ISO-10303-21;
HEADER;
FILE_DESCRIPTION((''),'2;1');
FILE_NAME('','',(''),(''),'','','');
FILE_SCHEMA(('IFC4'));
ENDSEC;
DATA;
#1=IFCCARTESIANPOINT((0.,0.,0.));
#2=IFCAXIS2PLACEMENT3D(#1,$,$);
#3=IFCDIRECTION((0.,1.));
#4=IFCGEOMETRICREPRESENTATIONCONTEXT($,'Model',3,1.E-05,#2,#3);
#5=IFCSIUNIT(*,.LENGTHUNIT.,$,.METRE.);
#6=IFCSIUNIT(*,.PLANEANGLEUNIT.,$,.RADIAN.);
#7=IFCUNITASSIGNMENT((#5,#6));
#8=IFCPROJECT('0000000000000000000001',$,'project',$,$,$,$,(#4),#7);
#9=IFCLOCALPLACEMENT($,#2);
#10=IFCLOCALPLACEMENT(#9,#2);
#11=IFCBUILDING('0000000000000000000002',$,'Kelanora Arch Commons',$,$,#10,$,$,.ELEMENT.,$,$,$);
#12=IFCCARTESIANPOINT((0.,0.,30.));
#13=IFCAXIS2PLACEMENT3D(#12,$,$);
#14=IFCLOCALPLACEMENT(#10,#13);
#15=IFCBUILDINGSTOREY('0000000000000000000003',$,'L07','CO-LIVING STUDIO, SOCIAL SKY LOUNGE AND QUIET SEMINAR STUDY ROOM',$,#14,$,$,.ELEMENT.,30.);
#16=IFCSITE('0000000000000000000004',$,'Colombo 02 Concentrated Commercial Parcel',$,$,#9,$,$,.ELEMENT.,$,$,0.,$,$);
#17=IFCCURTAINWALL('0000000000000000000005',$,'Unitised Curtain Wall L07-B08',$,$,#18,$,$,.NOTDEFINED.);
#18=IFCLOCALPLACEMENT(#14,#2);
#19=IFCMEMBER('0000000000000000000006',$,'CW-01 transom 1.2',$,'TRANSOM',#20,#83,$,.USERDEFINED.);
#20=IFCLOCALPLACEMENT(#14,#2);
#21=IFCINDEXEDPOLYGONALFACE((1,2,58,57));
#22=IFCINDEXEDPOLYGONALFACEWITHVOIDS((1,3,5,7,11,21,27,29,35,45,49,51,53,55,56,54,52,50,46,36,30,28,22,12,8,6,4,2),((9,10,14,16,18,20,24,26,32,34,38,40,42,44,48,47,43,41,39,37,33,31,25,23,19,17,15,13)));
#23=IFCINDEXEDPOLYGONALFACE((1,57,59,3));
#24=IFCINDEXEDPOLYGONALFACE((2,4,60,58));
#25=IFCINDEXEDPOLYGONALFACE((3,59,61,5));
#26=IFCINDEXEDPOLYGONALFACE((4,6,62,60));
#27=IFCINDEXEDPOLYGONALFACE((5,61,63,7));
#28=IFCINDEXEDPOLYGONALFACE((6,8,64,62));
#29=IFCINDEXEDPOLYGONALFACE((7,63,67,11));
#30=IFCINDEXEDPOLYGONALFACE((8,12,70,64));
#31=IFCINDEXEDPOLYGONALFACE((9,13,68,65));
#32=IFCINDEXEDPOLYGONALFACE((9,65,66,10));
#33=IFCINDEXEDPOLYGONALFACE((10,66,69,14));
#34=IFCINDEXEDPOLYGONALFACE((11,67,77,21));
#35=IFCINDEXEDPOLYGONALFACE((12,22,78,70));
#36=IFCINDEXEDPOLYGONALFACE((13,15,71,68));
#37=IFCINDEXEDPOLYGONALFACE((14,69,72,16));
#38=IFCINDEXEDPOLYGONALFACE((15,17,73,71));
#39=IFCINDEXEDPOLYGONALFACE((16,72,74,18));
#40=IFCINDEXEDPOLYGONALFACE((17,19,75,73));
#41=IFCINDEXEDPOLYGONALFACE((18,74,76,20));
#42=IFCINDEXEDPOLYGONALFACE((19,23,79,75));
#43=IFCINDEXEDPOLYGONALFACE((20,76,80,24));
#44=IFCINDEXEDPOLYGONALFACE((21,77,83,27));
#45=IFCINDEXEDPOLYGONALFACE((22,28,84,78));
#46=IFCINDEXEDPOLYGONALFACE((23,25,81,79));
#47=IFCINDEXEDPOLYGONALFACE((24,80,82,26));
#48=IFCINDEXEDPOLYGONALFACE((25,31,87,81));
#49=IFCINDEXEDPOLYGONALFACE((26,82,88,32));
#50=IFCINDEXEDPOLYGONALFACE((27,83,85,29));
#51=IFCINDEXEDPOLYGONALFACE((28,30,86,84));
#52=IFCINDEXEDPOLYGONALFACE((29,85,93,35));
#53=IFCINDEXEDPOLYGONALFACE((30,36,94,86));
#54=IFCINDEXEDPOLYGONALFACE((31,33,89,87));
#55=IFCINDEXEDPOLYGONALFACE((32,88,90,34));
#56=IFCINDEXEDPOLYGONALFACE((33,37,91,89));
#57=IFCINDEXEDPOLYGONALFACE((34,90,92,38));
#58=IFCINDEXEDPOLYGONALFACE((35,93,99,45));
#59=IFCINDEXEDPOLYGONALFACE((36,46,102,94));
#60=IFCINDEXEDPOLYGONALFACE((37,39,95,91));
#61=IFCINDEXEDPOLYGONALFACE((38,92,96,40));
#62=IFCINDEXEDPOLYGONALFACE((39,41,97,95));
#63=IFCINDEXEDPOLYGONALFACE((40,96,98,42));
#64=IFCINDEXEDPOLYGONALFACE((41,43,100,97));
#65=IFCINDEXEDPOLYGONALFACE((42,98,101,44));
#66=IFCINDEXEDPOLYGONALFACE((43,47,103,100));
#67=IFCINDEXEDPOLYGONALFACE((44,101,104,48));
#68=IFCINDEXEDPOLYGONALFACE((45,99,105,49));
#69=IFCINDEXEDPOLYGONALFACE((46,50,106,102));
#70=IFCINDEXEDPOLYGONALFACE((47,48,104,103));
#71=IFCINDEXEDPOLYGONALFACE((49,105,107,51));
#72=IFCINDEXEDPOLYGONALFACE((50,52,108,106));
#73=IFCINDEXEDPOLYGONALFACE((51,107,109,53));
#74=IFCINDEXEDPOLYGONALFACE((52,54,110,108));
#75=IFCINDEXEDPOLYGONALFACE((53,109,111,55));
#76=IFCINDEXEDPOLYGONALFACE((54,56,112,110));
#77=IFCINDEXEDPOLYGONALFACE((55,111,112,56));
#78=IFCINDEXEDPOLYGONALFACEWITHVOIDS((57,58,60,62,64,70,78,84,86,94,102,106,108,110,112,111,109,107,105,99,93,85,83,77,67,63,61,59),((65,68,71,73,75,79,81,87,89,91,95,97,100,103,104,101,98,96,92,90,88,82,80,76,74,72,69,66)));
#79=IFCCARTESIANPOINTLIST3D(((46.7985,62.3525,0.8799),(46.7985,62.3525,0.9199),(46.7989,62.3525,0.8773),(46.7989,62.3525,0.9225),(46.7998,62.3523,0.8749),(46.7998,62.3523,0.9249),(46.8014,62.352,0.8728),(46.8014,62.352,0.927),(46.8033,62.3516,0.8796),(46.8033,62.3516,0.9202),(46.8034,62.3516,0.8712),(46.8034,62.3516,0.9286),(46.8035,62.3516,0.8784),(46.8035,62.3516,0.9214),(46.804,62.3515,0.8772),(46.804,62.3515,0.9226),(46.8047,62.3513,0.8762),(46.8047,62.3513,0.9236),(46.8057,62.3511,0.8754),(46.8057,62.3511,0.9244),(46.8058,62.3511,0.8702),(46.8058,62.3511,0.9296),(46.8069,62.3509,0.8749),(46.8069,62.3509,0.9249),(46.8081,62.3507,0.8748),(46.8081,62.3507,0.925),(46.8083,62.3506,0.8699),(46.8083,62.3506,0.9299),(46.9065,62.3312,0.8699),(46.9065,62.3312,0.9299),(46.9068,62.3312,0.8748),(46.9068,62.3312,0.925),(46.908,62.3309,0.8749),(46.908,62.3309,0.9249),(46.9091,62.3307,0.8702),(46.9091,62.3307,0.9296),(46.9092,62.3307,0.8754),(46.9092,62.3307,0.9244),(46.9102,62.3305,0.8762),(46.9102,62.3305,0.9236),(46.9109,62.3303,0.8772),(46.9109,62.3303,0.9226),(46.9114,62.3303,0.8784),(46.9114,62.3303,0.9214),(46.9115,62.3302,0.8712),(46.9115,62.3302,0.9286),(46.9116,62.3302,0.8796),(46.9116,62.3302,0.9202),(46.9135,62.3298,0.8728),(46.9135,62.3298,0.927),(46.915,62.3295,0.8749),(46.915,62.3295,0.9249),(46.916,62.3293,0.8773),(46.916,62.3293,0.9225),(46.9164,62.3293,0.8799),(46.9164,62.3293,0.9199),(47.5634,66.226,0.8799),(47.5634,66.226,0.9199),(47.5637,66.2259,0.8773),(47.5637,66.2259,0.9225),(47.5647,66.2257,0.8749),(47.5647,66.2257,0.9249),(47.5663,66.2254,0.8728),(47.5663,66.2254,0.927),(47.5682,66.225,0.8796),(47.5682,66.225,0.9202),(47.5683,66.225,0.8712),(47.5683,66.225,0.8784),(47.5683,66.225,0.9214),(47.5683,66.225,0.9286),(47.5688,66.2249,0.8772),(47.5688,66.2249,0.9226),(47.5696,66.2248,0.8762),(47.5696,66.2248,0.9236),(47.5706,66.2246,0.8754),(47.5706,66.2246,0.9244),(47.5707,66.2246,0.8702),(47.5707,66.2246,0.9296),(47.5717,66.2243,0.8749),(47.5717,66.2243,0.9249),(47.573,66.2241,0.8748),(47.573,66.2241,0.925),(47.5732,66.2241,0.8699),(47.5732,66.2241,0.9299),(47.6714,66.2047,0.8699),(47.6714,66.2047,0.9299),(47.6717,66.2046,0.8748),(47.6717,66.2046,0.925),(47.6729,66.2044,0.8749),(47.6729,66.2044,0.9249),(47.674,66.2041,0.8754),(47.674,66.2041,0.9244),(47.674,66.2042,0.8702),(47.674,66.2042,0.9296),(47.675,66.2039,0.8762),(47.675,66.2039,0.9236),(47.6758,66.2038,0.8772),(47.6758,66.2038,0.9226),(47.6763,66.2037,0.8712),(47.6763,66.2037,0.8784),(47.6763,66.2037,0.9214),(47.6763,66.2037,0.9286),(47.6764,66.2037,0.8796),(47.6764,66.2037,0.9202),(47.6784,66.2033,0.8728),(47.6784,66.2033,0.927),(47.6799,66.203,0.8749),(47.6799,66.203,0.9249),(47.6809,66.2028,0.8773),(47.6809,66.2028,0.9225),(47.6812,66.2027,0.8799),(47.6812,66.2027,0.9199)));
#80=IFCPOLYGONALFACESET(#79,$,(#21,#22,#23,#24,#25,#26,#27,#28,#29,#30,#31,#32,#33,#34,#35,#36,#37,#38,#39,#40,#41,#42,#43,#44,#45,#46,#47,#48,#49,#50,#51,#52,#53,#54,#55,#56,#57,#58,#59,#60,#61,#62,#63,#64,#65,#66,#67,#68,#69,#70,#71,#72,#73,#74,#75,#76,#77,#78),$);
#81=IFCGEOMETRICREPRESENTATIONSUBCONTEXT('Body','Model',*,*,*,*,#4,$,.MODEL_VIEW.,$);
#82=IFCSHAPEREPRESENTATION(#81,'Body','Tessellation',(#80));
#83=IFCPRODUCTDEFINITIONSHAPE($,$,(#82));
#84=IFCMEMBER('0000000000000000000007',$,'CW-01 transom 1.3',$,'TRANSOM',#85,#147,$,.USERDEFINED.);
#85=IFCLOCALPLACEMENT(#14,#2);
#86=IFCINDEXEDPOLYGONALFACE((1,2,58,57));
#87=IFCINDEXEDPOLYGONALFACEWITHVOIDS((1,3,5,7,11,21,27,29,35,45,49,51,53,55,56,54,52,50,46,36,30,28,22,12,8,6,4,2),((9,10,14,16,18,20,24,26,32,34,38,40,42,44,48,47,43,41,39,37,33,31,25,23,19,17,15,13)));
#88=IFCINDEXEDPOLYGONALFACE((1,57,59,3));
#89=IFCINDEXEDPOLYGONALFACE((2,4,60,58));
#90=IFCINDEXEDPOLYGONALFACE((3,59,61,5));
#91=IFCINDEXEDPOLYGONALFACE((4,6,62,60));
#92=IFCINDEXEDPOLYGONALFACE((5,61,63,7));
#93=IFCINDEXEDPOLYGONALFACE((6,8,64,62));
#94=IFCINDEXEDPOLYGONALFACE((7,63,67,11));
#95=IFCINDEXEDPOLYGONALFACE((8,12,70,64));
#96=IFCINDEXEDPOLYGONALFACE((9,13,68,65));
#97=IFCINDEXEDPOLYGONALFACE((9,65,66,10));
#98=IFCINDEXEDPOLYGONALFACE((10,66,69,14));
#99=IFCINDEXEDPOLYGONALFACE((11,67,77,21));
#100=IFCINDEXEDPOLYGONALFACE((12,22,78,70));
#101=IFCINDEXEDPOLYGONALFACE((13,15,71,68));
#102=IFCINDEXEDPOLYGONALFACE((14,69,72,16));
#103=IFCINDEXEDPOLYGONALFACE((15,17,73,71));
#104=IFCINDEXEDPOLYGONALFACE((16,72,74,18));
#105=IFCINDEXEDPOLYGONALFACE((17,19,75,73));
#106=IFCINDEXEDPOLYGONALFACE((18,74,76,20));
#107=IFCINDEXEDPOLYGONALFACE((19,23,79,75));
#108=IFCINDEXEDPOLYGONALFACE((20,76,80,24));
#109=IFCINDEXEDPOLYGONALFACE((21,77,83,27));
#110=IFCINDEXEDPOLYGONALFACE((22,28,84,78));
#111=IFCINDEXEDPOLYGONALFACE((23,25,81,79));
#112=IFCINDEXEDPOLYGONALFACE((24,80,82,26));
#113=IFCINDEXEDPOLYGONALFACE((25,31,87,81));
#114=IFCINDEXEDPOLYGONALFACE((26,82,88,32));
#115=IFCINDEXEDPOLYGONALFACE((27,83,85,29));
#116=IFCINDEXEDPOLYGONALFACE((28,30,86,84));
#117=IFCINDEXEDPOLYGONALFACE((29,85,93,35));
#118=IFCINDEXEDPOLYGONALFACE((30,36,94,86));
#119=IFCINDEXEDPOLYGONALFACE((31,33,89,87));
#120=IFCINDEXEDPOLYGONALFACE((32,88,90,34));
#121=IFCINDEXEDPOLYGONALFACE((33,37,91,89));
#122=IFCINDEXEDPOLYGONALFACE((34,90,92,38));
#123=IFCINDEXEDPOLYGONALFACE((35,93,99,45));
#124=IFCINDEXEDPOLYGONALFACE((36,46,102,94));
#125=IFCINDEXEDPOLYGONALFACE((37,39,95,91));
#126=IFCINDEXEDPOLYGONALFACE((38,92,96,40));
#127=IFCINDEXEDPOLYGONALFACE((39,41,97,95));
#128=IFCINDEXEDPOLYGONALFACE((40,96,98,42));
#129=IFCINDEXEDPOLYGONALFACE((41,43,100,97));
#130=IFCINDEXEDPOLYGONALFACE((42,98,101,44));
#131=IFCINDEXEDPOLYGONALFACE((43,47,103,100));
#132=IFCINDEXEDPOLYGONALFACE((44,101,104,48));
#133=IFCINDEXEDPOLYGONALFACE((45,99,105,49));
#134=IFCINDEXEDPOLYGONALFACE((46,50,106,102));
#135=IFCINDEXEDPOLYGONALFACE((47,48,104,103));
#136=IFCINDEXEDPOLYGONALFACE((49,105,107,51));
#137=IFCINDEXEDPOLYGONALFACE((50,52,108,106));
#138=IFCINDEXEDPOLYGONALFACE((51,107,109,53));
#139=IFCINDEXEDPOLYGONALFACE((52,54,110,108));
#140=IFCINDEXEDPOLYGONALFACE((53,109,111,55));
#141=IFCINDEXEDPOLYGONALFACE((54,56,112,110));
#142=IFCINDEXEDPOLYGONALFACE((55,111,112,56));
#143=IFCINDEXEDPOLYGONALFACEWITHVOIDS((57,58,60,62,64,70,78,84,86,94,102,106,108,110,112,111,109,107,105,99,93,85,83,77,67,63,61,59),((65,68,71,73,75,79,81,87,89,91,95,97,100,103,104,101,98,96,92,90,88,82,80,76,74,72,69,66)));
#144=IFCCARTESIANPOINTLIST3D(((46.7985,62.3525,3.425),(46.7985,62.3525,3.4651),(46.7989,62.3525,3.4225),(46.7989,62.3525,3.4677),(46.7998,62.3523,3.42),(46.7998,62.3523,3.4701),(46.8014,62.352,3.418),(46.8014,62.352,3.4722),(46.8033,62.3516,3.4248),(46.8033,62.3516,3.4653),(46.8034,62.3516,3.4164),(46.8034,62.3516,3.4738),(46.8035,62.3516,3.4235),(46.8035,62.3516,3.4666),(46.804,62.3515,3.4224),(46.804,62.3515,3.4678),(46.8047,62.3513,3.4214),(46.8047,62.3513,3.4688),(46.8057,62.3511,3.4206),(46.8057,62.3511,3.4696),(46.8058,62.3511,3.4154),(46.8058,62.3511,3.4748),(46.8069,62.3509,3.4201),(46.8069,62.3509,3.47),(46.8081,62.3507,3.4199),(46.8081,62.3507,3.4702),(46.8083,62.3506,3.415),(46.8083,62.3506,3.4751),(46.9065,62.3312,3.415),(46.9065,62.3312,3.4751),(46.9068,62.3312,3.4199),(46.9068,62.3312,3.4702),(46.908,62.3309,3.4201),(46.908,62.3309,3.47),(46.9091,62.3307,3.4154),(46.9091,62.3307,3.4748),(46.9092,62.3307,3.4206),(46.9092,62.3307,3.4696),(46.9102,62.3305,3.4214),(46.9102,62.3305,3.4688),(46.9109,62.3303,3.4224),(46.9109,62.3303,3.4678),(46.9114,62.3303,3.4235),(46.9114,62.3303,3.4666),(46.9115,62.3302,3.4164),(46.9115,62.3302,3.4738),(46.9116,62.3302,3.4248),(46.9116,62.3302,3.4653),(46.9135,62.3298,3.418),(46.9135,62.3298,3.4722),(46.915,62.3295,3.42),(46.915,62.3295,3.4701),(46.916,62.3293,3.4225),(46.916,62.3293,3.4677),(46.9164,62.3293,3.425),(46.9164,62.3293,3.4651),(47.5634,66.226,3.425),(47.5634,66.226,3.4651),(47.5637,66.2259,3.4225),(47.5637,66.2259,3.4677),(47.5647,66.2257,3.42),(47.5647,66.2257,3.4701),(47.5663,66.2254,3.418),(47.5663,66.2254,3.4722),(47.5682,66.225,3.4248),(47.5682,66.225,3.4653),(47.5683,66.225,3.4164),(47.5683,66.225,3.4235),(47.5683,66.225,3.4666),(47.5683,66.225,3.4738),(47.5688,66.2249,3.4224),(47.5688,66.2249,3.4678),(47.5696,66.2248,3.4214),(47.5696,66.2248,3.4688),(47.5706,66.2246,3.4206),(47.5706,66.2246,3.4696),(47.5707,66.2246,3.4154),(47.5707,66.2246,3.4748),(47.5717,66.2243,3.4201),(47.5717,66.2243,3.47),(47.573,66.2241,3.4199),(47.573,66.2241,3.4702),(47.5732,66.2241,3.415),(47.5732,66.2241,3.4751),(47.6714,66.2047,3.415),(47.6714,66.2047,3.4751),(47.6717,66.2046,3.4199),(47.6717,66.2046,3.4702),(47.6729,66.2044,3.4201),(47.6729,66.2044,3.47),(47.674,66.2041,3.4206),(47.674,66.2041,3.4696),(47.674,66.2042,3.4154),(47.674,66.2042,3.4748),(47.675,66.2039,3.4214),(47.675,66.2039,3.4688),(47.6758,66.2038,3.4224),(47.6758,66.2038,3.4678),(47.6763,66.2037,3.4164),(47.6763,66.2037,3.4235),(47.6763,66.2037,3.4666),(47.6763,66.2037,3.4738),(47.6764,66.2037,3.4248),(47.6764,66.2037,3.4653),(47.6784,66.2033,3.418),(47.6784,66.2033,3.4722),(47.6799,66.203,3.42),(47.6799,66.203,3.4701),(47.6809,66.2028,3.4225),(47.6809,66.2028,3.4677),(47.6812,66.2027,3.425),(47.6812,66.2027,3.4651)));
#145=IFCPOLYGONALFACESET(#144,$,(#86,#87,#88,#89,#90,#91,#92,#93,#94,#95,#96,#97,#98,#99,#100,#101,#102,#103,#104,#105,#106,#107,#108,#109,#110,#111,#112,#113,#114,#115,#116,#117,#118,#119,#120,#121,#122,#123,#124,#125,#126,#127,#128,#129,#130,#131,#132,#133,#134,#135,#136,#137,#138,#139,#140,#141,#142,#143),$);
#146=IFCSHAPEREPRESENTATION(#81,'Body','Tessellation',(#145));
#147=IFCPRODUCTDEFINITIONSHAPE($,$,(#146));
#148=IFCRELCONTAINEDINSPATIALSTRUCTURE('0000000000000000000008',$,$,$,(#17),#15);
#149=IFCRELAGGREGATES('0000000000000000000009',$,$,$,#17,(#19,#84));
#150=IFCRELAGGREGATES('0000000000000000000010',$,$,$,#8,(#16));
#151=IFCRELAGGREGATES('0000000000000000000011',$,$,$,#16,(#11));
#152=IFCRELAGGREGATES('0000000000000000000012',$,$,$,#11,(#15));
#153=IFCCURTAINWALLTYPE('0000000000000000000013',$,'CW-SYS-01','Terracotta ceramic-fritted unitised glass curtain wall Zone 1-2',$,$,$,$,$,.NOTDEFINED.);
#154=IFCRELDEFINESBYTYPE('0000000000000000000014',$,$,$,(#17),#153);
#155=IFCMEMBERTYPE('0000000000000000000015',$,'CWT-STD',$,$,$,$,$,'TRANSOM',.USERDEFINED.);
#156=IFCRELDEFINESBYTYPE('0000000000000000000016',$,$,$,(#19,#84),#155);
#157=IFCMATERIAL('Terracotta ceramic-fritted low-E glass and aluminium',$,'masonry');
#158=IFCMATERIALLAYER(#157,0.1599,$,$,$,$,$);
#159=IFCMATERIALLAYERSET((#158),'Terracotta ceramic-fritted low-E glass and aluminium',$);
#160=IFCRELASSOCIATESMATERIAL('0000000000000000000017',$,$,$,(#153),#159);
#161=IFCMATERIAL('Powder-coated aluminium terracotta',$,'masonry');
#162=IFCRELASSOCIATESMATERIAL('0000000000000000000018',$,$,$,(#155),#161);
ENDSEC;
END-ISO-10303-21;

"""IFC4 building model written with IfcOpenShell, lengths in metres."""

from ifc_helpers import new_model, si_unit, direction, frame, origin, origin_2d, place, context, subcontext, project, spatial, hollow_rectangle, extrude, material, layer, layer_set, material_profile, profile_set, type_object, element, aggregate, save


model = new_model("IFC4")

# Units and contexts
model_context = context("Model", 3, precision=1e-05, world=origin(), true_north=direction((0.0, 1.0)))
body_context = subcontext(model_context, "Body", "Model", "MODEL_VIEW")
ifc_project = project(units=[si_unit("LENGTHUNIT", "METRE"), si_unit("PLANEANGLEUNIT", "RADIAN")], contexts=[model_context])

# Site, building, storey
site_placement = place(None, origin())
site = spatial("IfcSite", under=ifc_project, at=site_placement, Name="Colombo 02 Concentrated Commercial Parcel", CompositionType="ELEMENT", RefElevation=0.0)
building_placement = place(site_placement, origin())
building = spatial("IfcBuilding", under=site, at=building_placement, Name="Kelanora Arch Commons", CompositionType="ELEMENT")
storey_placement = place(building_placement, frame((0.0, 0.0, 30.0)))
storey = spatial("IfcBuildingStorey", under=building, at=storey_placement, Name="L07", Description="CO-LIVING STUDIO, SOCIAL SKY LOUNGE AND QUIET SEMINAR STUDY ROOM", CompositionType="ELEMENT", Elevation=30.0)

# Curtain wall, members
ifc_material_1 = material(Name="Terracotta ceramic-fritted low-E glass and aluminium", Category="masonry")
ifc_layer_1 = layer(ifc_material_1, 0.1599)
ifc_layer_set_1 = layer_set([ifc_layer_1], Name="Terracotta ceramic-fritted low-E glass and aluminium")
curtain_wall_type = type_object("IfcCurtainWallType", Name="CW-SYS-01", Description="Terracotta ceramic-fritted unitised glass curtain wall Zone 1-2", PredefinedType="NOTDEFINED", material=ifc_layer_set_1)
curtain_wall_placement = place(storey_placement, origin())
curtain_wall = element("IfcCurtainWall", 1, at=curtain_wall_placement, inside=storey, type_object=curtain_wall_type, Name="Unitised Curtain Wall L07-B08", PredefinedType="NOTDEFINED")
ifc_material_2 = material(Name="Powder-coated aluminium terracotta", Category="masonry")
ifc_material_profile_1 = material_profile(ifc_material_2, hollow_rectangle(XDim=0.1201, YDim=0.0601, WallThickness=0.0049, InnerFilletRadius=0.0049, OuterFilletRadius=0.01, at=origin_2d()), Name="CWT120x60")
ifc_profile_set_1 = profile_set([ifc_material_profile_1], Name="Powder-coated aluminium terracotta")
member_type_1 = type_object("IfcMemberType", Name="CWT-STD", ElementType="TRANSOM", PredefinedType="USERDEFINED", material=ifc_profile_set_1)
member_1_placement = place(storey_placement, frame((47.6223, 66.2144, 0.8999), z_axis=(-0.193725, -0.981056, 0.0), x_axis=(0.981056, -0.193725, 0.0)))
member_1 = element("IfcMember", 2, at=member_1_placement, type_object=member_type_1, Name="CW-01 transom 1.2", ObjectType="TRANSOM", PredefinedType="USERDEFINED", context=body_context, shape_type="SweptSolid", body=[
    extrude(hollow_rectangle(XDim=0.1201, YDim=0.0601, WallThickness=0.0049, InnerFilletRadius=0.0049, OuterFilletRadius=0.01, at=origin_2d()), origin(), (0.0, 0.0, 1.0), 3.9482),
])
member_2_placement = place(storey_placement, frame((47.6223, 66.2144, 3.4451), z_axis=(-0.193725, -0.981056, 0.0), x_axis=(0.981056, -0.193725, 0.0)))
member_2 = element("IfcMember", 3, at=member_2_placement, type_object=member_type_1, Name="CW-01 transom 1.3", ObjectType="TRANSOM", PredefinedType="USERDEFINED", context=body_context, shape_type="SweptSolid", body=[
    extrude(hollow_rectangle(XDim=0.1201, YDim=0.0601, WallThickness=0.0049, InnerFilletRadius=0.0049, OuterFilletRadius=0.01, at=origin_2d()), origin(), (0.0, 0.0, 1.0), 3.9482),
])
aggregate(curtain_wall, [member_1, member_2])

save(model, "model.ifc")
